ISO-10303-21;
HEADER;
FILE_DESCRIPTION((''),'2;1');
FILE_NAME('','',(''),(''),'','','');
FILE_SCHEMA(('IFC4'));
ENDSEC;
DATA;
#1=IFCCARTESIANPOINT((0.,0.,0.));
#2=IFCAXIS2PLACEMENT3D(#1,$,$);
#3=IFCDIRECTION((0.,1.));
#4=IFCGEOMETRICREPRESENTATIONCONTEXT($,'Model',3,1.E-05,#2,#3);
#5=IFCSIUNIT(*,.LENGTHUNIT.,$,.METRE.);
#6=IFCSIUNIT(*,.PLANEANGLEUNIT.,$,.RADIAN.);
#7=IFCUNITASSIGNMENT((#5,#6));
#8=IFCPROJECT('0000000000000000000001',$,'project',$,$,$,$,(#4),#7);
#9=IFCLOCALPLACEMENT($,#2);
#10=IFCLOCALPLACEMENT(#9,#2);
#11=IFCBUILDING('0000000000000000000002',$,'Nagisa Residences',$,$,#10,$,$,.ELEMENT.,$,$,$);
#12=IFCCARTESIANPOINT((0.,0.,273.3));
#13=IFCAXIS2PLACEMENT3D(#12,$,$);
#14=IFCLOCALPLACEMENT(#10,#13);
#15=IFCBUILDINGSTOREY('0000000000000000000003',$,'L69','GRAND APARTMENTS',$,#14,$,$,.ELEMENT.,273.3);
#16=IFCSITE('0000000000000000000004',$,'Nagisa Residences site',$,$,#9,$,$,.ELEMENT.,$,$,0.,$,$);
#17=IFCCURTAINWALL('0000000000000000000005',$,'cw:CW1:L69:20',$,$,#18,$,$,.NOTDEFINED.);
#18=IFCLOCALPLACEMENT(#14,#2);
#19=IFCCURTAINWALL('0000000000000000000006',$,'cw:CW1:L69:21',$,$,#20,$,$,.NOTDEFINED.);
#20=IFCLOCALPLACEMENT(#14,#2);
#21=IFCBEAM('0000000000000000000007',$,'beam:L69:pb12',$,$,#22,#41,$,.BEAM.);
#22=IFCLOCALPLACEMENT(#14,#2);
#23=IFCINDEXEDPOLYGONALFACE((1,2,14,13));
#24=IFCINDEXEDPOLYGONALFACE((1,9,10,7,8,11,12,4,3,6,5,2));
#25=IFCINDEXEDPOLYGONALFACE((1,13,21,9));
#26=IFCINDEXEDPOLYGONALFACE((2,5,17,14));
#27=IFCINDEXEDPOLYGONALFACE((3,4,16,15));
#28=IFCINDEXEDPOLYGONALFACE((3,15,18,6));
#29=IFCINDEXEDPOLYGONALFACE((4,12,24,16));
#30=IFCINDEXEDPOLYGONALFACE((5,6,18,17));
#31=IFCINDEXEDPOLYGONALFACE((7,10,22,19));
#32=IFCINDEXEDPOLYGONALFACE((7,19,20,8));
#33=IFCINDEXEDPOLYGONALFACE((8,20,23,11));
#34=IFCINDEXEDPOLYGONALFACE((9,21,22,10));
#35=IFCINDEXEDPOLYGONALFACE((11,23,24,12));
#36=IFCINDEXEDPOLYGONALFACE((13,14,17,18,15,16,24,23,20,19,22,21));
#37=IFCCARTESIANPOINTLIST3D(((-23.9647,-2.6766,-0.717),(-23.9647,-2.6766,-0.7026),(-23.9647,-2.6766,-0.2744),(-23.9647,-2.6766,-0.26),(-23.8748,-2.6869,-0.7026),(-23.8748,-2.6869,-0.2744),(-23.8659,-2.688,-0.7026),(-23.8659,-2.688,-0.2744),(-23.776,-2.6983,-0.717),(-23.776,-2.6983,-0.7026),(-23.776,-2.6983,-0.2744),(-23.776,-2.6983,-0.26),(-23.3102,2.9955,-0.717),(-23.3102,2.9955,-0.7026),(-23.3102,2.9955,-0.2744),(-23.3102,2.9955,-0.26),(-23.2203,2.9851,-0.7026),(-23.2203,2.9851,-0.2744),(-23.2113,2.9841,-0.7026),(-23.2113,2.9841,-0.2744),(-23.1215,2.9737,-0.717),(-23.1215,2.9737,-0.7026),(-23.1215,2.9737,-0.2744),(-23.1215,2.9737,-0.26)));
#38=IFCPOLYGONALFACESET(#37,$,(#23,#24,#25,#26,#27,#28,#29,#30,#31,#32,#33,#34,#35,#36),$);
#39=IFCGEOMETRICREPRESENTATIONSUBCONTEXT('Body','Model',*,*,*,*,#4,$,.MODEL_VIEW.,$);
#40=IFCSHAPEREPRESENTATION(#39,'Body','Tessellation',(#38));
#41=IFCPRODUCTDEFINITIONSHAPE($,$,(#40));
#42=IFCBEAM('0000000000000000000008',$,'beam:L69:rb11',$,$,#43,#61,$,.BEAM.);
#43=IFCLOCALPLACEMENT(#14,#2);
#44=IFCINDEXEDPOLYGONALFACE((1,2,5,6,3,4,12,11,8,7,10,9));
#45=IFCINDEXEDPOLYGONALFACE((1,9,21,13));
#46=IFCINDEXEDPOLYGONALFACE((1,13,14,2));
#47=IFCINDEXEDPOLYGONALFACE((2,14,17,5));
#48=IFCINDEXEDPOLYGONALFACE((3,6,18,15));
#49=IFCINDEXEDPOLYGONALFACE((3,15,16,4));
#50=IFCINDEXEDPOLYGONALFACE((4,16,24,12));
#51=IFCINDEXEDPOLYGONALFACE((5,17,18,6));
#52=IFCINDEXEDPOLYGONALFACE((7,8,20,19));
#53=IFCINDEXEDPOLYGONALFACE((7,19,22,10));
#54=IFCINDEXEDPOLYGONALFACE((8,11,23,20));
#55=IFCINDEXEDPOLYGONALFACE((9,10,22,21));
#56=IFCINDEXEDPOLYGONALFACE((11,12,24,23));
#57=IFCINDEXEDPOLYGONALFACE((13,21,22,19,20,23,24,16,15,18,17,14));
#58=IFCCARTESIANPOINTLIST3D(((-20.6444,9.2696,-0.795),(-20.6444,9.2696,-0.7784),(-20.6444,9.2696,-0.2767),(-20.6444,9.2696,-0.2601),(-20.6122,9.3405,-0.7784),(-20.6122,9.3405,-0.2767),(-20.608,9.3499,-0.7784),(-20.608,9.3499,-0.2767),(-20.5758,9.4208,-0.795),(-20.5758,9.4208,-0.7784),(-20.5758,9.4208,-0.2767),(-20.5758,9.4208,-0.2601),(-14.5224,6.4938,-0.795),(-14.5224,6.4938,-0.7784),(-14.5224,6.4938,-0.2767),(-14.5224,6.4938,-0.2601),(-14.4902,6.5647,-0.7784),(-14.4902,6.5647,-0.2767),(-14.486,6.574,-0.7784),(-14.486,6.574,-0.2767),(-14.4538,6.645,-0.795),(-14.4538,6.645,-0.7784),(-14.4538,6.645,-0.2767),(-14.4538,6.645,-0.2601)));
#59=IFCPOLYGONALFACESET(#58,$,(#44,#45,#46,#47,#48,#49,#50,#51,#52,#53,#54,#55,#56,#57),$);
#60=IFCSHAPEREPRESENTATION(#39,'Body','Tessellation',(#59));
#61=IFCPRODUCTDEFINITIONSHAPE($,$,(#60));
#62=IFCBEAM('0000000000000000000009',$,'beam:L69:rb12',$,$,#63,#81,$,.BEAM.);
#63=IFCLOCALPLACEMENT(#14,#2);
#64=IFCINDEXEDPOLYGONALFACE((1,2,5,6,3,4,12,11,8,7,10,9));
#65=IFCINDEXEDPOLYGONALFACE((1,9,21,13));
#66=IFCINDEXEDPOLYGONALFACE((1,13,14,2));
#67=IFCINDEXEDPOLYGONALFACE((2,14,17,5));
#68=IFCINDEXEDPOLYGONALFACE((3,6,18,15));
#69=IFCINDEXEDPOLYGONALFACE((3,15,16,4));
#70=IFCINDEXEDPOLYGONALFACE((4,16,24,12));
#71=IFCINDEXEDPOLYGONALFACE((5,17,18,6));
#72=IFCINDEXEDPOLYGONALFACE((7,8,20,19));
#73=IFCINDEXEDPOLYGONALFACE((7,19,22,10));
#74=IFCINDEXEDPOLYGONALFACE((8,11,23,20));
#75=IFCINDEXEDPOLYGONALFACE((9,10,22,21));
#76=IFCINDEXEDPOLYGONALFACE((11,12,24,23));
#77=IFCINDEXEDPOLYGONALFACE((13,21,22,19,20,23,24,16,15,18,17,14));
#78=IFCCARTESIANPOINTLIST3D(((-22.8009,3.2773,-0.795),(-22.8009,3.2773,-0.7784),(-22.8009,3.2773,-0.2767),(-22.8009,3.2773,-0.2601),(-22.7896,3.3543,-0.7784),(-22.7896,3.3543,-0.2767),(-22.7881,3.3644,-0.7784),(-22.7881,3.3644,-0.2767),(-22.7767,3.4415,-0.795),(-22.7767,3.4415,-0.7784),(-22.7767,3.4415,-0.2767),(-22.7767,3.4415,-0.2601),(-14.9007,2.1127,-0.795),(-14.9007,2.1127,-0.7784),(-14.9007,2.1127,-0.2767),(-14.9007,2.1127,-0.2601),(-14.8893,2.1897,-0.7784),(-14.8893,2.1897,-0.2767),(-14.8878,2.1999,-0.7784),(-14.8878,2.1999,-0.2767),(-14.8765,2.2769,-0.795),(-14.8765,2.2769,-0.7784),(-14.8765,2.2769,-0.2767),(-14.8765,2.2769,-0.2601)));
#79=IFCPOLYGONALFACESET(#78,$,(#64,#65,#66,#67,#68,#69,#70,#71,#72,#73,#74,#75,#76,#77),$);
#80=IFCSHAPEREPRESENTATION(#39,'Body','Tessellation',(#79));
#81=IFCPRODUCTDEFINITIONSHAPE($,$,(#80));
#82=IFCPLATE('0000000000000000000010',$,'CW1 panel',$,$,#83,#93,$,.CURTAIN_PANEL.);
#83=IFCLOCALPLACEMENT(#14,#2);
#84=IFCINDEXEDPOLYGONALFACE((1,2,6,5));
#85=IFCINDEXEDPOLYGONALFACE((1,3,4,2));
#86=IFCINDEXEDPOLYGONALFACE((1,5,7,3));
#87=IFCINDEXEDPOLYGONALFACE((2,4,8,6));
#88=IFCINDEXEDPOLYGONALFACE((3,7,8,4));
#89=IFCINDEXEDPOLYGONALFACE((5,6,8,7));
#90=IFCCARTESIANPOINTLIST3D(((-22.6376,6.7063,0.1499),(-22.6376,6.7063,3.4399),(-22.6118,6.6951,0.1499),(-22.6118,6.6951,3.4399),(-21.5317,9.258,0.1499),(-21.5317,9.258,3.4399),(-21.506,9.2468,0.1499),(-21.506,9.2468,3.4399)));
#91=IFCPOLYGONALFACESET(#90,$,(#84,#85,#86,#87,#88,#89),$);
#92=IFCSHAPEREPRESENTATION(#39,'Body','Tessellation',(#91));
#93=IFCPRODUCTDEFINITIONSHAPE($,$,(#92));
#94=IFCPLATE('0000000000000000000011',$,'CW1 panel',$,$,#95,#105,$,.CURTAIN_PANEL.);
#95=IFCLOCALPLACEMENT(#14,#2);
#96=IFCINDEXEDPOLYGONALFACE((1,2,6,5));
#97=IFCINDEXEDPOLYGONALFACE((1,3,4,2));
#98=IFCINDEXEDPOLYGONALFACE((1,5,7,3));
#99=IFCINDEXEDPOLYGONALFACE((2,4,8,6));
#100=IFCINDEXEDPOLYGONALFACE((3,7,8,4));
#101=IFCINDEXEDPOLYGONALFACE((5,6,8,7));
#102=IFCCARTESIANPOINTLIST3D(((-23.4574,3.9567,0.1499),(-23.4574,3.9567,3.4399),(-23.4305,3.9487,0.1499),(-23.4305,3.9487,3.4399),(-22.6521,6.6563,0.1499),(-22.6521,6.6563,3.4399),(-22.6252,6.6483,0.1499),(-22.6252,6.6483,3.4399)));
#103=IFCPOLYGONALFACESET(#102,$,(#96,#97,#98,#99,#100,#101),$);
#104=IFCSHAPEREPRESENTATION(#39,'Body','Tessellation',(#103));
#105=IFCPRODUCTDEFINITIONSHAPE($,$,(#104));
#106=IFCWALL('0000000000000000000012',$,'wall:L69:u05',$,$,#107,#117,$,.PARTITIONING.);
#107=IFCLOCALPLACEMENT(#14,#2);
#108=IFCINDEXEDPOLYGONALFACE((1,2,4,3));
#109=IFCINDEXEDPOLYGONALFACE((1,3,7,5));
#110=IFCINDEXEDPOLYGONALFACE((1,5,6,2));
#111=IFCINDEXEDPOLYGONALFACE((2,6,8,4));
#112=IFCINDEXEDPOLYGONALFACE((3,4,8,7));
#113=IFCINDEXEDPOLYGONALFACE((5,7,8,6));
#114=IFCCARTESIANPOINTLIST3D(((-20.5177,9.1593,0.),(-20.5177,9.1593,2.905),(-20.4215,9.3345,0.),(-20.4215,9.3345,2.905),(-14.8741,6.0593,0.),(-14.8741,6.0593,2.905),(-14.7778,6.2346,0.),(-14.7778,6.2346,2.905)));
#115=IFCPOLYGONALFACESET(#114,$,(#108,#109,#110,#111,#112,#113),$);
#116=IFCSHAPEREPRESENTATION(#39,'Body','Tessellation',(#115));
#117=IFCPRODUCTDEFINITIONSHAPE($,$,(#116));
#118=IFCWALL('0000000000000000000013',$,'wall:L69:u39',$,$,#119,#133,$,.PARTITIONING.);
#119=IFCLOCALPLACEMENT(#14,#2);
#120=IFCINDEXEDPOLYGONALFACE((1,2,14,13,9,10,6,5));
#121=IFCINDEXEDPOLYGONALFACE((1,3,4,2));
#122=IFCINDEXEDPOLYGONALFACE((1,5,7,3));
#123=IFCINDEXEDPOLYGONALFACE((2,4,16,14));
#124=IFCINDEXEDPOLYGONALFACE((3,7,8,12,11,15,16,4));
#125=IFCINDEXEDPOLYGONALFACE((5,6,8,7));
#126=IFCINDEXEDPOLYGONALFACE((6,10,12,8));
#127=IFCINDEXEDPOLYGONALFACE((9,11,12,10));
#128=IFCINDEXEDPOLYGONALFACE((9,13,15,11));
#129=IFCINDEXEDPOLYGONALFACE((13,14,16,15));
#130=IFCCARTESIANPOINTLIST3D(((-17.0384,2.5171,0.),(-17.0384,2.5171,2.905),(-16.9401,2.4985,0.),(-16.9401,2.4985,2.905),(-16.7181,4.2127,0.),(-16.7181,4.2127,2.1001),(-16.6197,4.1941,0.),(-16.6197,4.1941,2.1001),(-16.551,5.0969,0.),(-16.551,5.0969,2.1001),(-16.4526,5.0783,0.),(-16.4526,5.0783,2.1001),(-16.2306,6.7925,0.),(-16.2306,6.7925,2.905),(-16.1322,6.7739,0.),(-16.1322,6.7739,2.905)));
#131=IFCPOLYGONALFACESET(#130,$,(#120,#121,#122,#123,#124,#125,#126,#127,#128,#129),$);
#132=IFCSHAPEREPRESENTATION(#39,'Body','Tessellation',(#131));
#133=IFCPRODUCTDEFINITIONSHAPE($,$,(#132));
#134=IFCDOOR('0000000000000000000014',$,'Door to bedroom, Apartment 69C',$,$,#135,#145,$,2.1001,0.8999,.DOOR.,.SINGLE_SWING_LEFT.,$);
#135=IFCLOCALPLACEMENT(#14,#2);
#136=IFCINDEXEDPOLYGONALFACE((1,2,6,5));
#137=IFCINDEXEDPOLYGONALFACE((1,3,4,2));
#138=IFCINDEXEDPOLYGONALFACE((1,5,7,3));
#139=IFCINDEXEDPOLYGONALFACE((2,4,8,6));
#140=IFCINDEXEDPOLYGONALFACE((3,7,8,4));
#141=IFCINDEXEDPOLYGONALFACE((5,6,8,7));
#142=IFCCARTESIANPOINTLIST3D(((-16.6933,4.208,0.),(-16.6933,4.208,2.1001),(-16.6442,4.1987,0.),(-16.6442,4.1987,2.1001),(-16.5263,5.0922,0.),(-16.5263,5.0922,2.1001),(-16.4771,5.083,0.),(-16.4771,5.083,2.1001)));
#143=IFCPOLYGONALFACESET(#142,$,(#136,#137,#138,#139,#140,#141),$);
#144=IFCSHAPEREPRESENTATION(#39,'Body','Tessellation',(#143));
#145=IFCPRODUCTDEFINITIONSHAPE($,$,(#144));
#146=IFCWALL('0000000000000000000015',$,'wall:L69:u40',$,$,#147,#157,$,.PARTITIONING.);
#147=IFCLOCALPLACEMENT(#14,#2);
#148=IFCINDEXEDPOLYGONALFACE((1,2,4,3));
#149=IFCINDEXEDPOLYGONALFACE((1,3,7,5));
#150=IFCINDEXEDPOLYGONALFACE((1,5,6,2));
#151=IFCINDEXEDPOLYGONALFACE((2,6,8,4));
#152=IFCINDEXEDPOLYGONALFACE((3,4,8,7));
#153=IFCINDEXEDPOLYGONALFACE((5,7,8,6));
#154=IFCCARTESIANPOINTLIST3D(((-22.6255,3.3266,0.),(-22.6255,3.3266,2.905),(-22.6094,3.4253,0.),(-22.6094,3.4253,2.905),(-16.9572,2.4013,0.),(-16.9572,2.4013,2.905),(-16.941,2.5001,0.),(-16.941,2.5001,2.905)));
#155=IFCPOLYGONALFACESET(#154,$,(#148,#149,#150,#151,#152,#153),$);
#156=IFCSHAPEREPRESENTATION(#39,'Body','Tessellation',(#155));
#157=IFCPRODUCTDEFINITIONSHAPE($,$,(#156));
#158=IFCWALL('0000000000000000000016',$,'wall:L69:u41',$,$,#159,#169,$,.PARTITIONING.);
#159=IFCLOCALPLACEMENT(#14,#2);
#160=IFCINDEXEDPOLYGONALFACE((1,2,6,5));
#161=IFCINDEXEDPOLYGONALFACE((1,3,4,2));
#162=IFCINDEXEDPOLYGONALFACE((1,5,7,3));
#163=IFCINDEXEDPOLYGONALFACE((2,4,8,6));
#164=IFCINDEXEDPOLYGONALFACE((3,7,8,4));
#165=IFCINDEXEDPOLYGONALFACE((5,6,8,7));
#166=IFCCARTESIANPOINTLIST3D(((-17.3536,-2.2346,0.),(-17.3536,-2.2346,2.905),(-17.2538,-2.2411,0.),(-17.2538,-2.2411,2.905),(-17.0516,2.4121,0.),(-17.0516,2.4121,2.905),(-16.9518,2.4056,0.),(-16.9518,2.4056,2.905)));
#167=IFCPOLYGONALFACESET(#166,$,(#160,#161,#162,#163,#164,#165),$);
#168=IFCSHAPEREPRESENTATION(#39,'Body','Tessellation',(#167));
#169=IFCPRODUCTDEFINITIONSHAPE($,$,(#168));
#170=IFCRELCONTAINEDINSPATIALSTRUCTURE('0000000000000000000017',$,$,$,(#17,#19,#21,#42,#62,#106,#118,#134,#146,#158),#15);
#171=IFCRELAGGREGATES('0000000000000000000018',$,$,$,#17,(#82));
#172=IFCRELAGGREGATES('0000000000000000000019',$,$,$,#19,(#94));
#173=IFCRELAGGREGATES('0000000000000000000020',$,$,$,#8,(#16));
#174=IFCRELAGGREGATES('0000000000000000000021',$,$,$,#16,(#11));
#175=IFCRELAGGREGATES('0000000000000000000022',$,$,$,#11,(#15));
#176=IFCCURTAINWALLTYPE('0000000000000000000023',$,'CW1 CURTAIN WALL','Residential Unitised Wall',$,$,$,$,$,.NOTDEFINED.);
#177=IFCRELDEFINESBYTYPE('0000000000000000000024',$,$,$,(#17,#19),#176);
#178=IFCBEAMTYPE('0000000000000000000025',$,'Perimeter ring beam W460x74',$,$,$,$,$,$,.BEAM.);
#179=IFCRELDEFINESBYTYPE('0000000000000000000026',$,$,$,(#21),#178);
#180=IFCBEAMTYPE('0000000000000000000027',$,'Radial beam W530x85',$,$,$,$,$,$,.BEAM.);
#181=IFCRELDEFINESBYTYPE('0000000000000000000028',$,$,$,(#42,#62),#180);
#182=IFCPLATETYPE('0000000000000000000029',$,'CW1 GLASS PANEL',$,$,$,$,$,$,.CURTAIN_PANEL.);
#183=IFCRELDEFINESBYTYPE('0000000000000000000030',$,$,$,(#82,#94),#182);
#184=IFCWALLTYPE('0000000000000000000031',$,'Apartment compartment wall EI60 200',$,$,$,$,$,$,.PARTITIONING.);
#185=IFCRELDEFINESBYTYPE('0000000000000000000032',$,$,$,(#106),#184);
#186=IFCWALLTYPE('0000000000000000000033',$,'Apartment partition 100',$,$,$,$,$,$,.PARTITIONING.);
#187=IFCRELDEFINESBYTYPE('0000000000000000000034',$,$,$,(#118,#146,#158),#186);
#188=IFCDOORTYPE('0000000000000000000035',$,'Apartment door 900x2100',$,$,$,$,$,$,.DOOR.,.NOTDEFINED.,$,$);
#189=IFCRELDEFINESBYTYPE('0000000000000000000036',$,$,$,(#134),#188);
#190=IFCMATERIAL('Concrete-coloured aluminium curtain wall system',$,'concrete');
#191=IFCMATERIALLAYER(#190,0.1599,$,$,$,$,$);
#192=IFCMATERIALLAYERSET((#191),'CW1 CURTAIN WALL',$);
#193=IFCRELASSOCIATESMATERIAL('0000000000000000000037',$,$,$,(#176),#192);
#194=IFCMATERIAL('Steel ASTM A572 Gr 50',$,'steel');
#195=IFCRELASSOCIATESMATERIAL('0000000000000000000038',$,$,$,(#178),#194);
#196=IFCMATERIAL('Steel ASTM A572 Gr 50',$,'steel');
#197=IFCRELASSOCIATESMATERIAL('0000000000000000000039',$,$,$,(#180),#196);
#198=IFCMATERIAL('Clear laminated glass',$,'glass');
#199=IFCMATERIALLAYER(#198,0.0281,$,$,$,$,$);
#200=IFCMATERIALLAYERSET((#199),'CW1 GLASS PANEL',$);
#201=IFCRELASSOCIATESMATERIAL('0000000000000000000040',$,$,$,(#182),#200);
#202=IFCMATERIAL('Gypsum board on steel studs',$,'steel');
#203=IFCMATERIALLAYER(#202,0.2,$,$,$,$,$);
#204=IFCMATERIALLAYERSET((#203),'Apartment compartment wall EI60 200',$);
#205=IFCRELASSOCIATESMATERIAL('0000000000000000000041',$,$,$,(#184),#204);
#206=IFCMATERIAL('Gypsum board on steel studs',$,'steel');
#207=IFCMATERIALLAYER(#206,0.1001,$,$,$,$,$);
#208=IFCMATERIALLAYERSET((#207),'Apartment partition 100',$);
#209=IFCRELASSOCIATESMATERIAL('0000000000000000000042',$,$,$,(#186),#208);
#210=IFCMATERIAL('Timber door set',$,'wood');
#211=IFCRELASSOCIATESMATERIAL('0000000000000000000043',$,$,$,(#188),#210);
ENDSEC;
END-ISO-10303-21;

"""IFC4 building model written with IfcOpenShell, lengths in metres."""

from ifc_helpers import new_model, si_unit, direction, frame, frame_2d, origin, origin_2d, place, context, subcontext, project, spatial, rectangle, i_section, extrude, material, layer, layer_set, material_profile, profile_set, type_object, element, fill, aggregate, save


model = new_model("IFC4")

# Units and contexts
model_context = context("Model", 3, precision=1e-05, world=origin(), true_north=direction((0.0, 1.0)))
body_context = subcontext(model_context, "Body", "Model", "MODEL_VIEW")
ifc_project = project(units=[si_unit("LENGTHUNIT", "METRE"), si_unit("PLANEANGLEUNIT", "RADIAN")], contexts=[model_context])

# Site, building, storey
site_placement = place(None, origin())
site = spatial("IfcSite", under=ifc_project, at=site_placement, Name="Nagisa Residences site", CompositionType="ELEMENT", RefElevation=0.0)
building_placement = place(site_placement, origin())
building = spatial("IfcBuilding", under=site, at=building_placement, Name="Nagisa Residences", CompositionType="ELEMENT")
storey_placement = place(building_placement, frame((0.0, 0.0, 273.3)))
storey = spatial("IfcBuildingStorey", under=building, at=storey_placement, Name="L69", Description="GRAND APARTMENTS", CompositionType="ELEMENT", Elevation=273.3)

# Curtain walls
ifc_material_1 = material(Name="Concrete-coloured aluminium curtain wall system", Category="concrete")
ifc_layer_1 = layer(ifc_material_1, 0.1599)
ifc_layer_set_1 = layer_set([ifc_layer_1], Name="CW1 CURTAIN WALL")
curtain_wall_type = type_object("IfcCurtainWallType", Name="CW1 CURTAIN WALL", Description="Residential Unitised Wall", PredefinedType="NOTDEFINED", material=ifc_layer_set_1)
curtain_wall_1_placement = place(storey_placement, origin())
curtain_wall_1 = element("IfcCurtainWall", 1, at=curtain_wall_1_placement, inside=storey, type_object=curtain_wall_type, Name="cw:CW1:L69:20", PredefinedType="NOTDEFINED")
curtain_wall_2_placement = place(storey_placement, origin())
curtain_wall_2 = element("IfcCurtainWall", 2, at=curtain_wall_2_placement, inside=storey, type_object=curtain_wall_type, Name="cw:CW1:L69:21", PredefinedType="NOTDEFINED")

# Beams
ifc_material_2 = material(Name="Steel ASTM A572 Gr 50", Category="steel")
ifc_material_profile_1 = material_profile(ifc_material_2, i_section(OverallWidth=0.1899, OverallDepth=0.457, WebThickness=0.009, FlangeThickness=0.0144, at=origin_2d()), Name="W460x74")
ifc_profile_set_1 = profile_set([ifc_material_profile_1], Name="Steel ASTM A572 Gr 50")
beam_type_1 = type_object("IfcBeamType", Name="Perimeter ring beam W460x74", PredefinedType="BEAM", material=ifc_profile_set_1)
beam_1_placement = place(storey_placement, frame((-23.2158, 2.9846, -0.4885), z_axis=(-0.114635, -0.993408, 0.0), x_axis=(0.993408, -0.114635, 0.0)))
element("IfcBeam", 3, at=beam_1_placement, inside=storey, type_object=beam_type_1, Name="beam:L69:pb12", PredefinedType="BEAM", context=body_context, shape_type="SweptSolid", body=[
    extrude(i_section(OverallWidth=0.1899, OverallDepth=0.457, WebThickness=0.009, FlangeThickness=0.0144, at=origin_2d()), origin(), (0.0, 0.0, 1.0), 5.7097),
])
ifc_material_3 = material(Name="Steel ASTM A572 Gr 50", Category="steel")
ifc_material_profile_2 = material_profile(ifc_material_3, i_section(OverallWidth=0.166, OverallDepth=0.5349, WebThickness=0.0103, FlangeThickness=0.0166, at=origin_2d()), Name="W530x85")
ifc_profile_set_2 = profile_set([ifc_material_profile_2], Name="Steel ASTM A572 Gr 50")
beam_type_2 = type_object("IfcBeamType", Name="Radial beam W530x85", PredefinedType="BEAM", material=ifc_profile_set_2)
beam_2_placement = place(storey_placement, frame((-20.6101, 9.3452, -0.5276), z_axis=(0.910752, -0.412954, 0.0), x_axis=(0.412954, 0.910752, 0.0)))
element("IfcBeam", 4, at=beam_2_placement, inside=storey, type_object=beam_type_2, Name="beam:L69:rb11", PredefinedType="BEAM", context=body_context, shape_type="SweptSolid", body=[
    extrude(i_section(OverallWidth=0.166, OverallDepth=0.5349, WebThickness=0.0103, FlangeThickness=0.0166, at=origin_2d()), origin(), (0.0, 0.0, 1.0), 6.7219),
])
beam_3_placement = place(storey_placement, frame((-22.7888, 3.3594, -0.5276), z_axis=(0.989309, -0.145833, 0.0), x_axis=(0.145833, 0.989309, 0.0)))
element("IfcBeam", 5, at=beam_3_placement, inside=storey, type_object=beam_type_2, Name="beam:L69:rb12", PredefinedType="BEAM", context=body_context, shape_type="SweptSolid", body=[
    extrude(i_section(OverallWidth=0.166, OverallDepth=0.5349, WebThickness=0.0103, FlangeThickness=0.0166, at=origin_2d()), origin(), (0.0, 0.0, 1.0), 7.9856),
])

# Plates
ifc_material_4 = material(Name="Clear laminated glass", Category="glass")
ifc_layer_2 = layer(ifc_material_4, 0.0281)
ifc_layer_set_2 = layer_set([ifc_layer_2], Name="CW1 GLASS PANEL")
plate_type = type_object("IfcPlateType", Name="CW1 GLASS PANEL", PredefinedType="CURTAIN_PANEL", material=ifc_layer_set_2)
plate_1_placement = place(storey_placement, frame((-22.0718, 7.9766, 0.1499), z_axis=(0.0, 0.0, 1.0), x_axis=(-0.397636, -0.917543, 0.0)))
plate_1 = element("IfcPlate", 6, at=plate_1_placement, type_object=plate_type, Name="CW1 panel", PredefinedType="CURTAIN_PANEL", context=body_context, shape_type="SweptSolid", body=[
    extrude(rectangle(XDim=2.781, YDim=0.0281, at=origin_2d()), origin(), (0.0, 0.0, 1.0), 3.29),
])
aggregate(curtain_wall_1, [plate_1])
plate_2_placement = place(storey_placement, frame((-23.0413, 5.3025, 0.1499), z_axis=(0.0, 0.0, 1.0), x_axis=(-0.28586, -0.958271, 0.0)))
plate_2 = element("IfcPlate", 7, at=plate_2_placement, type_object=plate_type, Name="CW1 panel", PredefinedType="CURTAIN_PANEL", context=body_context, shape_type="SweptSolid", body=[
    extrude(rectangle(XDim=2.8171, YDim=0.0281, at=origin_2d()), origin(), (0.0, 0.0, 1.0), 3.29),
])
aggregate(curtain_wall_2, [plate_2])

# Wall
ifc_material_5 = material(Name="Gypsum board on steel studs", Category="steel")
ifc_layer_3 = layer(ifc_material_5, 0.2)
ifc_layer_set_3 = layer_set([ifc_layer_3], Name="Apartment compartment wall EI60 200")
wall_type_1 = type_object("IfcWallType", Name="Apartment compartment wall EI60 200", PredefinedType="PARTITIONING", material=ifc_layer_set_3)
wall_1_placement = place(storey_placement, frame((-14.8259, 6.147, 0.0), z_axis=(0.0, 0.0, 1.0), x_axis=(-0.876485, 0.48143, 0.0)))
element("IfcWall", 8, at=wall_1_placement, inside=storey, type_object=wall_type_1, Name="wall:L69:u05", PredefinedType="PARTITIONING", context=body_context, shape_type="SweptSolid", body=[
    extrude(rectangle(XDim=6.439, YDim=0.2, at=frame_2d((3.2195, 0.0))), origin(), (0.0, 0.0, 1.0), 2.905),
])

# Wall, opening, door
ifc_material_6 = material(Name="Gypsum board on steel studs", Category="steel")
ifc_layer_4 = layer(ifc_material_6, 0.1001)
ifc_layer_set_4 = layer_set([ifc_layer_4], Name="Apartment partition 100")
wall_type_2 = type_object("IfcWallType", Name="Apartment partition 100", PredefinedType="PARTITIONING", material=ifc_layer_set_4)
wall_2_placement = place(storey_placement, frame((-16.1814, 6.7832, 0.0), z_axis=(0.0, 0.0, 1.0), x_axis=(-0.185671, -0.982612, 0.0)))
wall_2 = element("IfcWall", 9, at=wall_2_placement, inside=storey, type_object=wall_type_2, Name="wall:L69:u39", PredefinedType="PARTITIONING", context=body_context, shape_type="SweptSolid", body=[
    extrude(rectangle(XDim=4.3511, YDim=0.1001, at=frame_2d((2.1755, 0.0))), origin(), (0.0, 0.0, 1.0), 2.905),
])
opening_1_placement = place(wall_2_placement, frame((1.7256, 0.0, 0.0)))
opening_1 = element("IfcOpeningElement", 10, at=opening_1_placement, cuts=wall_2, PredefinedType="OPENING", context=body_context, shape_type="SweptSolid", body=[
    extrude(rectangle(XDim=0.8999, YDim=2.1001, at=frame_2d((0.45, 1.05))), frame((0.0, 0.0601, 0.0), z_axis=(0.0, -1.0, 0.0), x_axis=(1.0, 0.0, 0.0)), (0.0, 0.0, 1.0), 0.1201),
])
ifc_material_7 = material(Name="Timber door set", Category="wood")
door_type_1 = type_object("IfcDoorType", Name="Apartment door 900x2100", OperationType="NOTDEFINED", PredefinedType="DOOR", material=ifc_material_7)
door_1_placement = place(opening_1_placement, frame((0.8999, 0.0, 0.0), x_axis=(-1.0, 0.0, 0.0)))
door_1 = element("IfcDoor", 11, at=door_1_placement, inside=storey, type_object=door_type_1, Name="Door to bedroom, Apartment 69C", OperationType="SINGLE_SWING_LEFT", OverallHeight=2.1001, OverallWidth=0.8999, PredefinedType="DOOR", context=body_context, shape_type="SweptSolid", body=[
    extrude(rectangle(XDim=0.8999, YDim=2.1001, at=frame_2d((0.45, 1.05))), frame((0.0, 0.0249, 0.0), z_axis=(0.0, -1.0, 0.0), x_axis=(1.0, 0.0, 0.0)), (0.0, 0.0, 1.0), 0.05),
])
fill(opening_1, door_1)

# Walls
wall_3_placement = place(storey_placement, frame((-16.9492, 2.4507, 0.0), z_axis=(0.0, 0.0, 1.0), x_axis=(-0.986938, 0.161103, 0.0)))
element("IfcWall", 12, at=wall_3_placement, inside=storey, type_object=wall_type_2, Name="wall:L69:u40", PredefinedType="PARTITIONING", context=body_context, shape_type="SweptSolid", body=[
    extrude(rectangle(XDim=5.7434, YDim=0.1001, at=frame_2d((2.8716, 0.0))), origin(), (0.0, 0.0, 1.0), 2.905),
])
wall_4_placement = place(storey_placement, frame((-17.0017, 2.4087, 0.0), z_axis=(0.0, 0.0, 1.0), x_axis=(-0.064856, -0.997895, 0.0)))
element("IfcWall", 13, at=wall_4_placement, inside=storey, type_object=wall_type_2, Name="wall:L69:u41", PredefinedType="PARTITIONING", context=body_context, shape_type="SweptSolid", body=[
    extrude(rectangle(XDim=4.6565, YDim=0.1001, at=frame_2d((2.3281, 0.0))), origin(), (0.0, 0.0, 1.0), 2.905),
])

save(model, "model.ifc")
